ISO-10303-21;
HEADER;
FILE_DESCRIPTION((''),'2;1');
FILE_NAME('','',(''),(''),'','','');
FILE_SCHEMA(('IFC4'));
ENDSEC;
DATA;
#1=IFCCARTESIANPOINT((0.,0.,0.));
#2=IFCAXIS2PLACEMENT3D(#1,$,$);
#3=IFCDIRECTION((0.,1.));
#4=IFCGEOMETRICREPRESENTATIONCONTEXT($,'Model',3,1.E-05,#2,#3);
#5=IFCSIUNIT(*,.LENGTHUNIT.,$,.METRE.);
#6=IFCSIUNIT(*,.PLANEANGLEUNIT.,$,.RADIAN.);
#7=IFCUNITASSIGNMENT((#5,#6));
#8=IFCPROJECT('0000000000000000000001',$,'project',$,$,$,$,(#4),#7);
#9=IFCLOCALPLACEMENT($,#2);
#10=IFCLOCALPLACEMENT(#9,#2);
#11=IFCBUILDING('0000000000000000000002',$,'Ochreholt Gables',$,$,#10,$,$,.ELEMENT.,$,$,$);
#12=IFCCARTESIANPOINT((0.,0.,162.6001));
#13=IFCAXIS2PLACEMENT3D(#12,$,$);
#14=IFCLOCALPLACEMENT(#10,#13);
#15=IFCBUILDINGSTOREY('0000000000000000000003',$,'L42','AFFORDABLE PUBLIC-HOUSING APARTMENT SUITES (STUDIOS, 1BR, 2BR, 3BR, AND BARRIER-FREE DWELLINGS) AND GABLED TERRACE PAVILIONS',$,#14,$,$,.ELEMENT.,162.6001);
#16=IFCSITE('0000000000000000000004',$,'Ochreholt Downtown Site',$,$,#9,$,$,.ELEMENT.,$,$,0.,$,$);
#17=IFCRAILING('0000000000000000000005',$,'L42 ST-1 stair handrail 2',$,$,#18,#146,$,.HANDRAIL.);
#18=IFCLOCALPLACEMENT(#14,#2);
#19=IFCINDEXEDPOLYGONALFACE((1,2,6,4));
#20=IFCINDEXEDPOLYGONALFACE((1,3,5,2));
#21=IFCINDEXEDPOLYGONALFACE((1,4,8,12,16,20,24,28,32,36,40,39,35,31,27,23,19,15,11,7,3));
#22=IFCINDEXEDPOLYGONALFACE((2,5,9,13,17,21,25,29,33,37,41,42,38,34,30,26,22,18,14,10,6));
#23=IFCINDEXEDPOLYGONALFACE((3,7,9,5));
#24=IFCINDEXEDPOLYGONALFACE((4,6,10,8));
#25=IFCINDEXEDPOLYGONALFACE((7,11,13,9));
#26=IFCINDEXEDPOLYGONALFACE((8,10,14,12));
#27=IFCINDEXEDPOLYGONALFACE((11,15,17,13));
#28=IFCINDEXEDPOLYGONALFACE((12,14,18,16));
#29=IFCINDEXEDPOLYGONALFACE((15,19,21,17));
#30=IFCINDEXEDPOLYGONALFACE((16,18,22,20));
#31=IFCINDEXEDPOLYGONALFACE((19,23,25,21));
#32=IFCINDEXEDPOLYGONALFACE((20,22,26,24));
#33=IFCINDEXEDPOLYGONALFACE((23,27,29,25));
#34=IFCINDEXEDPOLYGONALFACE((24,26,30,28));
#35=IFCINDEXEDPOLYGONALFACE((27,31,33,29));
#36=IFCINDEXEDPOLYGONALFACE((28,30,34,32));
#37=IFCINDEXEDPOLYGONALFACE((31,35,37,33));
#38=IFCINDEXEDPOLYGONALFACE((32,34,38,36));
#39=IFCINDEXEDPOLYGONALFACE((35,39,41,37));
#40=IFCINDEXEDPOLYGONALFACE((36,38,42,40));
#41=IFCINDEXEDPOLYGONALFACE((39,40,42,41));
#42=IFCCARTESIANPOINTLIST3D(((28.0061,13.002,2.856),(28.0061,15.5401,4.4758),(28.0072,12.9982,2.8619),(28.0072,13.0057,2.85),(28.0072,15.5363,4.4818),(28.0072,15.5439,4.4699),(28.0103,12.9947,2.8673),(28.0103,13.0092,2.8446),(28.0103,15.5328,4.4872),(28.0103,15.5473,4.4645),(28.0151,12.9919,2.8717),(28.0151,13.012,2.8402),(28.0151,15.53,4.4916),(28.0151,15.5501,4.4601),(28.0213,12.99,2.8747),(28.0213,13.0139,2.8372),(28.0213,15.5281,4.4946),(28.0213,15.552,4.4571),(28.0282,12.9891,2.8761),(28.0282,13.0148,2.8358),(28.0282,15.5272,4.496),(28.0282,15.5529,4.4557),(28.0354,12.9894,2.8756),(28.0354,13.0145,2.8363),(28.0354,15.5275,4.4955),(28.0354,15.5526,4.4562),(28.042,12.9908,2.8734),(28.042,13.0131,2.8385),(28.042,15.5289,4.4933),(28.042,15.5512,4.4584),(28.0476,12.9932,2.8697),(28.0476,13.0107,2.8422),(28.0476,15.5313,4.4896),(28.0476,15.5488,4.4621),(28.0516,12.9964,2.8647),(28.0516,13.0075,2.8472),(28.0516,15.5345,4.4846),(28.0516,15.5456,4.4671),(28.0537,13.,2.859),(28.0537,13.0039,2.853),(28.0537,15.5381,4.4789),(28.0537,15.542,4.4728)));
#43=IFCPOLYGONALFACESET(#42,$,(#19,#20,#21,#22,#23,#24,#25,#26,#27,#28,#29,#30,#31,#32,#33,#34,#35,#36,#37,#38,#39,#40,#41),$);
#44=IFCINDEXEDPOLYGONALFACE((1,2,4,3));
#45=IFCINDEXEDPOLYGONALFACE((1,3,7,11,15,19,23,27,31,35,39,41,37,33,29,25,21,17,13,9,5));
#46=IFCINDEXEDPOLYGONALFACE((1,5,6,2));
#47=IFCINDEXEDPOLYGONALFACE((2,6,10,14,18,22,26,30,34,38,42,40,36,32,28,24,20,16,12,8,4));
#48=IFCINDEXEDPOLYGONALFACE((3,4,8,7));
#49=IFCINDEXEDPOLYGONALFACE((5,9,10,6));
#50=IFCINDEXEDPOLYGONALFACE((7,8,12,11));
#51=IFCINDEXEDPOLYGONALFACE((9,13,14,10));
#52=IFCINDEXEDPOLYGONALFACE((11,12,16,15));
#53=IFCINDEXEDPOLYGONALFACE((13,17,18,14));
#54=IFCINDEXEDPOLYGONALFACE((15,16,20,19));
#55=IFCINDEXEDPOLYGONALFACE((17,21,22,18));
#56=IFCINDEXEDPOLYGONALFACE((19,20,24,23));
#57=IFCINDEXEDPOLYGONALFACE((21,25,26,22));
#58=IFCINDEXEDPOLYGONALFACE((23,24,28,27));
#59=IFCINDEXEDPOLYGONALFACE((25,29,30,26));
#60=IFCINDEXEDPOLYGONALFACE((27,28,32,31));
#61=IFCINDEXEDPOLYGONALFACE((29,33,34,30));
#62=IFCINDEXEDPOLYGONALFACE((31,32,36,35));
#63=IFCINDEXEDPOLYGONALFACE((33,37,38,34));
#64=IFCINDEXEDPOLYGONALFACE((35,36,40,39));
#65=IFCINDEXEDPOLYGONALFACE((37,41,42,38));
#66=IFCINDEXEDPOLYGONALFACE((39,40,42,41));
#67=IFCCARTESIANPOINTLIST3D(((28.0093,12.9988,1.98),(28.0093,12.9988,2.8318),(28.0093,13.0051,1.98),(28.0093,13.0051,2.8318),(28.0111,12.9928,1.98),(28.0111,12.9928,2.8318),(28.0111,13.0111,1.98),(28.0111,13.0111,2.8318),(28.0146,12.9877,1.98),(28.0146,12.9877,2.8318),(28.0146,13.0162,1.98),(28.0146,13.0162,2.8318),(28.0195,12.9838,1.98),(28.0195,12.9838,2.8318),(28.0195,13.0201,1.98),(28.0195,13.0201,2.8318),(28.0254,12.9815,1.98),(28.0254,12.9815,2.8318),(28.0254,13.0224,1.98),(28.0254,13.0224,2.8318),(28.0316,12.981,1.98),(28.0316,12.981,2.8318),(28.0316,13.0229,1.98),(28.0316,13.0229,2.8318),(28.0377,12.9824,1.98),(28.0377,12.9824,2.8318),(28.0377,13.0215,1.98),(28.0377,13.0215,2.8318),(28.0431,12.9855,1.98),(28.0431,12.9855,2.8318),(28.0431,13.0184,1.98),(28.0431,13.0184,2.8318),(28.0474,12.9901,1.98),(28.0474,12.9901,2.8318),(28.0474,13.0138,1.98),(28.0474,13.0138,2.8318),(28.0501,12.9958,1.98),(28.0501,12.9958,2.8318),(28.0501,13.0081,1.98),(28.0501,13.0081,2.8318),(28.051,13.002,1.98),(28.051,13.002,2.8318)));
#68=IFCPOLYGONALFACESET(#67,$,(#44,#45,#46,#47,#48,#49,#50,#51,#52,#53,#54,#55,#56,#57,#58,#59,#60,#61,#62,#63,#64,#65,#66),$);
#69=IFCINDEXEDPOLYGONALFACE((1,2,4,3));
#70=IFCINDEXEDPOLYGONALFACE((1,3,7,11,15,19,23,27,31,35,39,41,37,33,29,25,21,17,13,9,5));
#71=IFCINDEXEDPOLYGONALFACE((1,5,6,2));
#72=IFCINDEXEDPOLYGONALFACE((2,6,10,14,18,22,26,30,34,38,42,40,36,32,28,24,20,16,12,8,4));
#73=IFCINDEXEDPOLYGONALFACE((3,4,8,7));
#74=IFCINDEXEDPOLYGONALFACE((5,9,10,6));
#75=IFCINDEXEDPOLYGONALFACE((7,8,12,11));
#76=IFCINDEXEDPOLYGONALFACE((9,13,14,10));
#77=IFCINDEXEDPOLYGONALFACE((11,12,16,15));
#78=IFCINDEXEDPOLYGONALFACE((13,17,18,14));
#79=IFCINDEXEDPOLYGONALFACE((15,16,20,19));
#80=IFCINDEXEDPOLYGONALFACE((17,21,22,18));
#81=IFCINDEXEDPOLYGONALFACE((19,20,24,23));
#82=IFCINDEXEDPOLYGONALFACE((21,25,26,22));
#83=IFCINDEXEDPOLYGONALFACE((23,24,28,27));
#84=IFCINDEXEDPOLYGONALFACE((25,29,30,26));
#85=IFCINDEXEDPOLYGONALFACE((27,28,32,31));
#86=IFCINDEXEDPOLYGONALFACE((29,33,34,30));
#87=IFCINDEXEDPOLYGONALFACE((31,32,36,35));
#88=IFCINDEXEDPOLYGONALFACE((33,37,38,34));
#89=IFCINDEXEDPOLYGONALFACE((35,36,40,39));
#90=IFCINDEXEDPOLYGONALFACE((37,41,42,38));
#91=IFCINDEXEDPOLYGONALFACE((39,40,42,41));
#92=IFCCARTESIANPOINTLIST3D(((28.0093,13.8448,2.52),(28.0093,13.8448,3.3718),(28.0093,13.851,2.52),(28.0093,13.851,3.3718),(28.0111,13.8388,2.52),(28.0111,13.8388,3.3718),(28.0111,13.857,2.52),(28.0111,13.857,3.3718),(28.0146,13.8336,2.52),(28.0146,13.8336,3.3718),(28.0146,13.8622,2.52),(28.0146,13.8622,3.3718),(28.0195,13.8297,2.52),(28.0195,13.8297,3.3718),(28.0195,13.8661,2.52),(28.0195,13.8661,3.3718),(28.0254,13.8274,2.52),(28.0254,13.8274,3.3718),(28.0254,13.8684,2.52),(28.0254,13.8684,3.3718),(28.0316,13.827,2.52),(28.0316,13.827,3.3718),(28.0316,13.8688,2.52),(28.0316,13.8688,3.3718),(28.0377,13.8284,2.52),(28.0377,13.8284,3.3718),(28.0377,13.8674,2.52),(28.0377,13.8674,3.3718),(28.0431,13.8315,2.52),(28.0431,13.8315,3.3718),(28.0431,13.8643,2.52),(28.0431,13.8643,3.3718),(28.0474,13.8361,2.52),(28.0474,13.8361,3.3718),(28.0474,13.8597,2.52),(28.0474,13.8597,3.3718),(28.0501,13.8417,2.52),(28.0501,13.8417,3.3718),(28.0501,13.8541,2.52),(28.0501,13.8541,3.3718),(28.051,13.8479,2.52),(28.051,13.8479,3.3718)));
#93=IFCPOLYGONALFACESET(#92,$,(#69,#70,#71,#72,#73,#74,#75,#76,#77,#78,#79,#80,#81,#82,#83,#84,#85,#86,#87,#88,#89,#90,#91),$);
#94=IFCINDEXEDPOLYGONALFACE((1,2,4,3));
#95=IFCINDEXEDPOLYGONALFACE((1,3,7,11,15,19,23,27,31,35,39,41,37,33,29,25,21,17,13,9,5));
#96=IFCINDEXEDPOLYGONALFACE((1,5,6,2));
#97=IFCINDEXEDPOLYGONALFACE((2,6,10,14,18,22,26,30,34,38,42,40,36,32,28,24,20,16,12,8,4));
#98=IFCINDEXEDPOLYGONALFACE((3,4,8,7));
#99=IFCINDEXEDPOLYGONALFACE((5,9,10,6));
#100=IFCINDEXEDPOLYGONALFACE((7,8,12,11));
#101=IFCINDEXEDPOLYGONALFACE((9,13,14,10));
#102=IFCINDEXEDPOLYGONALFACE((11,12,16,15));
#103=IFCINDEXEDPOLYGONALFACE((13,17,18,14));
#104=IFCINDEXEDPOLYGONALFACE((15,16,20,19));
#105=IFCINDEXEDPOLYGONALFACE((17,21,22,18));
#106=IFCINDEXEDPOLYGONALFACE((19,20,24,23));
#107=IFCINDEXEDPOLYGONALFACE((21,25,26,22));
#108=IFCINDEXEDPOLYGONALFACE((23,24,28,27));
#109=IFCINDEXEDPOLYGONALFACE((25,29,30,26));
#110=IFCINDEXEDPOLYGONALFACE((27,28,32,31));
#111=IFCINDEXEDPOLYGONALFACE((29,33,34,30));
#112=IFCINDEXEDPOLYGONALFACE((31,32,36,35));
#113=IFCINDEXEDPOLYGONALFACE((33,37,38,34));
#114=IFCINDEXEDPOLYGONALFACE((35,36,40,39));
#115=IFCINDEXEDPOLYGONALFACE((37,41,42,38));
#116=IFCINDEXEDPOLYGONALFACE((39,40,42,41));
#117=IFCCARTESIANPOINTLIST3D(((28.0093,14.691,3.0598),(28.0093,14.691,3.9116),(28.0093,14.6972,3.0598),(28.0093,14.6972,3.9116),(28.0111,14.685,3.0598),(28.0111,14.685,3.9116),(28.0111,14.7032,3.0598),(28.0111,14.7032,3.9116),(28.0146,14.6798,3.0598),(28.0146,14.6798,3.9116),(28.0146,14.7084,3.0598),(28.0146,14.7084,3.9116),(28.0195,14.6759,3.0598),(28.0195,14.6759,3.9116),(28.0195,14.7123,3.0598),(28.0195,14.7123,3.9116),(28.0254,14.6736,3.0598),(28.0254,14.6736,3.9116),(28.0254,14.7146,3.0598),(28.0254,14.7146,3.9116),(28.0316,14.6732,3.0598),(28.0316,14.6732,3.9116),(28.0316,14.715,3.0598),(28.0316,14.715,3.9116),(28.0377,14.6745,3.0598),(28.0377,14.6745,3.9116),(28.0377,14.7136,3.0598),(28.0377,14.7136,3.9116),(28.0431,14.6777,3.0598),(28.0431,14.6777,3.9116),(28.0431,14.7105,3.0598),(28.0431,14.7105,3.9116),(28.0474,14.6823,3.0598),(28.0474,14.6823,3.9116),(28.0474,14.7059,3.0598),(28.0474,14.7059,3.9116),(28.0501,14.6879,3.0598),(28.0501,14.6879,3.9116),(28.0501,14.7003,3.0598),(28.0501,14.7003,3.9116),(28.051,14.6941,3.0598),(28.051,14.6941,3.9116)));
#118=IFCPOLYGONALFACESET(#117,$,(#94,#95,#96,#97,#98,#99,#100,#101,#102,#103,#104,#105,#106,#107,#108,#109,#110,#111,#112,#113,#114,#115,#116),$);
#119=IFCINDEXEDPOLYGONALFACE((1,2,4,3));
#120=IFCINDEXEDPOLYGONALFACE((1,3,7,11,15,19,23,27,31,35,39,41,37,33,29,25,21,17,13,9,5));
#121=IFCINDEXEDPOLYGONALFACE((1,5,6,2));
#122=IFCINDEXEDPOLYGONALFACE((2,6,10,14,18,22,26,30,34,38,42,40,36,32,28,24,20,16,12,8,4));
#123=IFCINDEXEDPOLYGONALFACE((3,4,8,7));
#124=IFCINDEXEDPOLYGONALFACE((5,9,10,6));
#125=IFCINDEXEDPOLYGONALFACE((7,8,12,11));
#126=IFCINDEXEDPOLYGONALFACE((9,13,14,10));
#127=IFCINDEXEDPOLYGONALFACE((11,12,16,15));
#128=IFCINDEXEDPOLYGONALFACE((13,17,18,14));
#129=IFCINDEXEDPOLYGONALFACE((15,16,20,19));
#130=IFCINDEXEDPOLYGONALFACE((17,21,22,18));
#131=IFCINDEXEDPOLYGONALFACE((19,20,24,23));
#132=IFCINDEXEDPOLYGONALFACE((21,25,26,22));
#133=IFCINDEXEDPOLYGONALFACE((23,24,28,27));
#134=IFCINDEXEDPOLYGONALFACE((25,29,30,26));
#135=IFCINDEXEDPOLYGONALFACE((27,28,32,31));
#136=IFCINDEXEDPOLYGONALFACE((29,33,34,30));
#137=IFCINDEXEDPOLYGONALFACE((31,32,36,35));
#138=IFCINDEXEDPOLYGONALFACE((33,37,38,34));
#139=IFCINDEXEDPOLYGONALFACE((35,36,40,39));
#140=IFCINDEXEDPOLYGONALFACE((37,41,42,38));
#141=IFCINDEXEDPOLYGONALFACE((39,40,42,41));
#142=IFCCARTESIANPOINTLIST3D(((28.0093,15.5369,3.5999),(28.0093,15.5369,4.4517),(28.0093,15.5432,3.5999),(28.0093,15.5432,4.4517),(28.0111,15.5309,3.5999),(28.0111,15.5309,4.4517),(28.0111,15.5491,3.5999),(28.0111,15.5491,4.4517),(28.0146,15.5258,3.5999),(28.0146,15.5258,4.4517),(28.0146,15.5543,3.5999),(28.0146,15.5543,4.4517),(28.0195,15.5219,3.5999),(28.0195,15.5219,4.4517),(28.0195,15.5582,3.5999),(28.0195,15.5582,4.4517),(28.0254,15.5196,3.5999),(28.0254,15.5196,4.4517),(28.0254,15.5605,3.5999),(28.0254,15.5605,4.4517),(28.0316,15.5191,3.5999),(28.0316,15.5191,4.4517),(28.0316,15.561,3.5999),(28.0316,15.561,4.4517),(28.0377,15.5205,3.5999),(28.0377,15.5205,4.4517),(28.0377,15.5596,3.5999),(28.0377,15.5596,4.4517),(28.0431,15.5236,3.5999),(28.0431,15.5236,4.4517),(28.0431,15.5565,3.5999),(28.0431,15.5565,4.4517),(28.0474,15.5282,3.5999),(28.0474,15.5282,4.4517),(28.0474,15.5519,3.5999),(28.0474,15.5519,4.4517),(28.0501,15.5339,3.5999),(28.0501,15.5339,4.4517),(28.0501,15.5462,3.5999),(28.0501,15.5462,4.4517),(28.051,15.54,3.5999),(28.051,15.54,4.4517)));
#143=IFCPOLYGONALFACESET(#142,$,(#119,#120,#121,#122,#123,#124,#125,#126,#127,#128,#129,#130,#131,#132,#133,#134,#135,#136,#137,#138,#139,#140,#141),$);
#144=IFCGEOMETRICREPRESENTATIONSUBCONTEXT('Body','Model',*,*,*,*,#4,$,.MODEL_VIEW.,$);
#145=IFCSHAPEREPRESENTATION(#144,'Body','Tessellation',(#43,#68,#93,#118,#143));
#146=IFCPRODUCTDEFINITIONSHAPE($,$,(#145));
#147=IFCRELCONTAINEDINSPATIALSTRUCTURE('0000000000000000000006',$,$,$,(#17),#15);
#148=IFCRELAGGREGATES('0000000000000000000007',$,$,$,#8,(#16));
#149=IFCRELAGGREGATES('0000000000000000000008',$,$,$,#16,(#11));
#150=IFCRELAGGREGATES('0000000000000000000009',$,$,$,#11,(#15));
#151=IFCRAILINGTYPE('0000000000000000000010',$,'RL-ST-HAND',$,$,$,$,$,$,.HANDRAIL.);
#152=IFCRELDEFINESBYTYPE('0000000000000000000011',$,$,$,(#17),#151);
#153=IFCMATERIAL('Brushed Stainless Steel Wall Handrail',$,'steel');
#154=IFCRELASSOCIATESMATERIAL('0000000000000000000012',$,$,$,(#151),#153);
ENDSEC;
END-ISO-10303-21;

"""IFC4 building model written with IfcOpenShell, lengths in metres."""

from ifc_helpers import new_model, si_unit, direction, frame, origin, origin_2d, place, context, subcontext, project, spatial, circle, extrude, material, type_object, element, save


model = new_model("IFC4")

# Units and contexts
model_context = context("Model", 3, precision=1e-05, world=origin(), true_north=direction((0.0, 1.0)))
body_context = subcontext(model_context, "Body", "Model", "MODEL_VIEW")
ifc_project = project(units=[si_unit("LENGTHUNIT", "METRE"), si_unit("PLANEANGLEUNIT", "RADIAN")], contexts=[model_context])

# Site, building, storey
site_placement = place(None, origin())
site = spatial("IfcSite", under=ifc_project, at=site_placement, Name="Ochreholt Downtown Site", CompositionType="ELEMENT", RefElevation=0.0)
building_placement = place(site_placement, origin())
building = spatial("IfcBuilding", under=site, at=building_placement, Name="Ochreholt Gables", CompositionType="ELEMENT")
storey_placement = place(building_placement, frame((0.0, 0.0, 162.6001)))
storey = spatial("IfcBuildingStorey", under=building, at=storey_placement, Name="L42", Description="AFFORDABLE PUBLIC-HOUSING APARTMENT SUITES (STUDIOS, 1BR, 2BR, 3BR, AND BARRIER-FREE DWELLINGS) AND GABLED TERRACE PAVILIONS", CompositionType="ELEMENT", Elevation=162.6001)

# Railing
ifc_material_1 = material(Name="Brushed Stainless Steel Wall Handrail", Category="steel")
railing_type_1 = type_object("IfcRailingType", Name="RL-ST-HAND", PredefinedType="HANDRAIL", material=ifc_material_1)
railing_1_placement = place(storey_placement, frame((28.03, 13.002, 1.98)))
element("IfcRailing", 1, at=railing_1_placement, inside=storey, type_object=railing_type_1, Name="L42 ST-1 stair handrail 2", PredefinedType="HANDRAIL", context=body_context, shape_type="SweptSolid", body=[
    extrude(circle(Radius=0.0239, at=origin_2d()), frame((0.0, 0.0, 0.876), z_axis=(0.0, 0.84295, 0.537993), x_axis=(-1.0, 0.0, 0.0)), (0.0, 0.0, 1.0), 3.011),
    extrude(circle(Radius=0.021, at=origin_2d()), origin(), (0.0, 0.0, 1.0), 0.8518),
    extrude(circle(Radius=0.021, at=origin_2d()), frame((0.0, 0.8459, 0.54)), (0.0, 0.0, 1.0), 0.8518),
    extrude(circle(Radius=0.021, at=origin_2d()), frame((0.0, 1.6921, 1.0798)), (0.0, 0.0, 1.0), 0.8518),
    extrude(circle(Radius=0.021, at=origin_2d()), frame((0.0, 2.5381, 1.6199)), (0.0, 0.0, 1.0), 0.8518),
])

save(model, "model.ifc")
